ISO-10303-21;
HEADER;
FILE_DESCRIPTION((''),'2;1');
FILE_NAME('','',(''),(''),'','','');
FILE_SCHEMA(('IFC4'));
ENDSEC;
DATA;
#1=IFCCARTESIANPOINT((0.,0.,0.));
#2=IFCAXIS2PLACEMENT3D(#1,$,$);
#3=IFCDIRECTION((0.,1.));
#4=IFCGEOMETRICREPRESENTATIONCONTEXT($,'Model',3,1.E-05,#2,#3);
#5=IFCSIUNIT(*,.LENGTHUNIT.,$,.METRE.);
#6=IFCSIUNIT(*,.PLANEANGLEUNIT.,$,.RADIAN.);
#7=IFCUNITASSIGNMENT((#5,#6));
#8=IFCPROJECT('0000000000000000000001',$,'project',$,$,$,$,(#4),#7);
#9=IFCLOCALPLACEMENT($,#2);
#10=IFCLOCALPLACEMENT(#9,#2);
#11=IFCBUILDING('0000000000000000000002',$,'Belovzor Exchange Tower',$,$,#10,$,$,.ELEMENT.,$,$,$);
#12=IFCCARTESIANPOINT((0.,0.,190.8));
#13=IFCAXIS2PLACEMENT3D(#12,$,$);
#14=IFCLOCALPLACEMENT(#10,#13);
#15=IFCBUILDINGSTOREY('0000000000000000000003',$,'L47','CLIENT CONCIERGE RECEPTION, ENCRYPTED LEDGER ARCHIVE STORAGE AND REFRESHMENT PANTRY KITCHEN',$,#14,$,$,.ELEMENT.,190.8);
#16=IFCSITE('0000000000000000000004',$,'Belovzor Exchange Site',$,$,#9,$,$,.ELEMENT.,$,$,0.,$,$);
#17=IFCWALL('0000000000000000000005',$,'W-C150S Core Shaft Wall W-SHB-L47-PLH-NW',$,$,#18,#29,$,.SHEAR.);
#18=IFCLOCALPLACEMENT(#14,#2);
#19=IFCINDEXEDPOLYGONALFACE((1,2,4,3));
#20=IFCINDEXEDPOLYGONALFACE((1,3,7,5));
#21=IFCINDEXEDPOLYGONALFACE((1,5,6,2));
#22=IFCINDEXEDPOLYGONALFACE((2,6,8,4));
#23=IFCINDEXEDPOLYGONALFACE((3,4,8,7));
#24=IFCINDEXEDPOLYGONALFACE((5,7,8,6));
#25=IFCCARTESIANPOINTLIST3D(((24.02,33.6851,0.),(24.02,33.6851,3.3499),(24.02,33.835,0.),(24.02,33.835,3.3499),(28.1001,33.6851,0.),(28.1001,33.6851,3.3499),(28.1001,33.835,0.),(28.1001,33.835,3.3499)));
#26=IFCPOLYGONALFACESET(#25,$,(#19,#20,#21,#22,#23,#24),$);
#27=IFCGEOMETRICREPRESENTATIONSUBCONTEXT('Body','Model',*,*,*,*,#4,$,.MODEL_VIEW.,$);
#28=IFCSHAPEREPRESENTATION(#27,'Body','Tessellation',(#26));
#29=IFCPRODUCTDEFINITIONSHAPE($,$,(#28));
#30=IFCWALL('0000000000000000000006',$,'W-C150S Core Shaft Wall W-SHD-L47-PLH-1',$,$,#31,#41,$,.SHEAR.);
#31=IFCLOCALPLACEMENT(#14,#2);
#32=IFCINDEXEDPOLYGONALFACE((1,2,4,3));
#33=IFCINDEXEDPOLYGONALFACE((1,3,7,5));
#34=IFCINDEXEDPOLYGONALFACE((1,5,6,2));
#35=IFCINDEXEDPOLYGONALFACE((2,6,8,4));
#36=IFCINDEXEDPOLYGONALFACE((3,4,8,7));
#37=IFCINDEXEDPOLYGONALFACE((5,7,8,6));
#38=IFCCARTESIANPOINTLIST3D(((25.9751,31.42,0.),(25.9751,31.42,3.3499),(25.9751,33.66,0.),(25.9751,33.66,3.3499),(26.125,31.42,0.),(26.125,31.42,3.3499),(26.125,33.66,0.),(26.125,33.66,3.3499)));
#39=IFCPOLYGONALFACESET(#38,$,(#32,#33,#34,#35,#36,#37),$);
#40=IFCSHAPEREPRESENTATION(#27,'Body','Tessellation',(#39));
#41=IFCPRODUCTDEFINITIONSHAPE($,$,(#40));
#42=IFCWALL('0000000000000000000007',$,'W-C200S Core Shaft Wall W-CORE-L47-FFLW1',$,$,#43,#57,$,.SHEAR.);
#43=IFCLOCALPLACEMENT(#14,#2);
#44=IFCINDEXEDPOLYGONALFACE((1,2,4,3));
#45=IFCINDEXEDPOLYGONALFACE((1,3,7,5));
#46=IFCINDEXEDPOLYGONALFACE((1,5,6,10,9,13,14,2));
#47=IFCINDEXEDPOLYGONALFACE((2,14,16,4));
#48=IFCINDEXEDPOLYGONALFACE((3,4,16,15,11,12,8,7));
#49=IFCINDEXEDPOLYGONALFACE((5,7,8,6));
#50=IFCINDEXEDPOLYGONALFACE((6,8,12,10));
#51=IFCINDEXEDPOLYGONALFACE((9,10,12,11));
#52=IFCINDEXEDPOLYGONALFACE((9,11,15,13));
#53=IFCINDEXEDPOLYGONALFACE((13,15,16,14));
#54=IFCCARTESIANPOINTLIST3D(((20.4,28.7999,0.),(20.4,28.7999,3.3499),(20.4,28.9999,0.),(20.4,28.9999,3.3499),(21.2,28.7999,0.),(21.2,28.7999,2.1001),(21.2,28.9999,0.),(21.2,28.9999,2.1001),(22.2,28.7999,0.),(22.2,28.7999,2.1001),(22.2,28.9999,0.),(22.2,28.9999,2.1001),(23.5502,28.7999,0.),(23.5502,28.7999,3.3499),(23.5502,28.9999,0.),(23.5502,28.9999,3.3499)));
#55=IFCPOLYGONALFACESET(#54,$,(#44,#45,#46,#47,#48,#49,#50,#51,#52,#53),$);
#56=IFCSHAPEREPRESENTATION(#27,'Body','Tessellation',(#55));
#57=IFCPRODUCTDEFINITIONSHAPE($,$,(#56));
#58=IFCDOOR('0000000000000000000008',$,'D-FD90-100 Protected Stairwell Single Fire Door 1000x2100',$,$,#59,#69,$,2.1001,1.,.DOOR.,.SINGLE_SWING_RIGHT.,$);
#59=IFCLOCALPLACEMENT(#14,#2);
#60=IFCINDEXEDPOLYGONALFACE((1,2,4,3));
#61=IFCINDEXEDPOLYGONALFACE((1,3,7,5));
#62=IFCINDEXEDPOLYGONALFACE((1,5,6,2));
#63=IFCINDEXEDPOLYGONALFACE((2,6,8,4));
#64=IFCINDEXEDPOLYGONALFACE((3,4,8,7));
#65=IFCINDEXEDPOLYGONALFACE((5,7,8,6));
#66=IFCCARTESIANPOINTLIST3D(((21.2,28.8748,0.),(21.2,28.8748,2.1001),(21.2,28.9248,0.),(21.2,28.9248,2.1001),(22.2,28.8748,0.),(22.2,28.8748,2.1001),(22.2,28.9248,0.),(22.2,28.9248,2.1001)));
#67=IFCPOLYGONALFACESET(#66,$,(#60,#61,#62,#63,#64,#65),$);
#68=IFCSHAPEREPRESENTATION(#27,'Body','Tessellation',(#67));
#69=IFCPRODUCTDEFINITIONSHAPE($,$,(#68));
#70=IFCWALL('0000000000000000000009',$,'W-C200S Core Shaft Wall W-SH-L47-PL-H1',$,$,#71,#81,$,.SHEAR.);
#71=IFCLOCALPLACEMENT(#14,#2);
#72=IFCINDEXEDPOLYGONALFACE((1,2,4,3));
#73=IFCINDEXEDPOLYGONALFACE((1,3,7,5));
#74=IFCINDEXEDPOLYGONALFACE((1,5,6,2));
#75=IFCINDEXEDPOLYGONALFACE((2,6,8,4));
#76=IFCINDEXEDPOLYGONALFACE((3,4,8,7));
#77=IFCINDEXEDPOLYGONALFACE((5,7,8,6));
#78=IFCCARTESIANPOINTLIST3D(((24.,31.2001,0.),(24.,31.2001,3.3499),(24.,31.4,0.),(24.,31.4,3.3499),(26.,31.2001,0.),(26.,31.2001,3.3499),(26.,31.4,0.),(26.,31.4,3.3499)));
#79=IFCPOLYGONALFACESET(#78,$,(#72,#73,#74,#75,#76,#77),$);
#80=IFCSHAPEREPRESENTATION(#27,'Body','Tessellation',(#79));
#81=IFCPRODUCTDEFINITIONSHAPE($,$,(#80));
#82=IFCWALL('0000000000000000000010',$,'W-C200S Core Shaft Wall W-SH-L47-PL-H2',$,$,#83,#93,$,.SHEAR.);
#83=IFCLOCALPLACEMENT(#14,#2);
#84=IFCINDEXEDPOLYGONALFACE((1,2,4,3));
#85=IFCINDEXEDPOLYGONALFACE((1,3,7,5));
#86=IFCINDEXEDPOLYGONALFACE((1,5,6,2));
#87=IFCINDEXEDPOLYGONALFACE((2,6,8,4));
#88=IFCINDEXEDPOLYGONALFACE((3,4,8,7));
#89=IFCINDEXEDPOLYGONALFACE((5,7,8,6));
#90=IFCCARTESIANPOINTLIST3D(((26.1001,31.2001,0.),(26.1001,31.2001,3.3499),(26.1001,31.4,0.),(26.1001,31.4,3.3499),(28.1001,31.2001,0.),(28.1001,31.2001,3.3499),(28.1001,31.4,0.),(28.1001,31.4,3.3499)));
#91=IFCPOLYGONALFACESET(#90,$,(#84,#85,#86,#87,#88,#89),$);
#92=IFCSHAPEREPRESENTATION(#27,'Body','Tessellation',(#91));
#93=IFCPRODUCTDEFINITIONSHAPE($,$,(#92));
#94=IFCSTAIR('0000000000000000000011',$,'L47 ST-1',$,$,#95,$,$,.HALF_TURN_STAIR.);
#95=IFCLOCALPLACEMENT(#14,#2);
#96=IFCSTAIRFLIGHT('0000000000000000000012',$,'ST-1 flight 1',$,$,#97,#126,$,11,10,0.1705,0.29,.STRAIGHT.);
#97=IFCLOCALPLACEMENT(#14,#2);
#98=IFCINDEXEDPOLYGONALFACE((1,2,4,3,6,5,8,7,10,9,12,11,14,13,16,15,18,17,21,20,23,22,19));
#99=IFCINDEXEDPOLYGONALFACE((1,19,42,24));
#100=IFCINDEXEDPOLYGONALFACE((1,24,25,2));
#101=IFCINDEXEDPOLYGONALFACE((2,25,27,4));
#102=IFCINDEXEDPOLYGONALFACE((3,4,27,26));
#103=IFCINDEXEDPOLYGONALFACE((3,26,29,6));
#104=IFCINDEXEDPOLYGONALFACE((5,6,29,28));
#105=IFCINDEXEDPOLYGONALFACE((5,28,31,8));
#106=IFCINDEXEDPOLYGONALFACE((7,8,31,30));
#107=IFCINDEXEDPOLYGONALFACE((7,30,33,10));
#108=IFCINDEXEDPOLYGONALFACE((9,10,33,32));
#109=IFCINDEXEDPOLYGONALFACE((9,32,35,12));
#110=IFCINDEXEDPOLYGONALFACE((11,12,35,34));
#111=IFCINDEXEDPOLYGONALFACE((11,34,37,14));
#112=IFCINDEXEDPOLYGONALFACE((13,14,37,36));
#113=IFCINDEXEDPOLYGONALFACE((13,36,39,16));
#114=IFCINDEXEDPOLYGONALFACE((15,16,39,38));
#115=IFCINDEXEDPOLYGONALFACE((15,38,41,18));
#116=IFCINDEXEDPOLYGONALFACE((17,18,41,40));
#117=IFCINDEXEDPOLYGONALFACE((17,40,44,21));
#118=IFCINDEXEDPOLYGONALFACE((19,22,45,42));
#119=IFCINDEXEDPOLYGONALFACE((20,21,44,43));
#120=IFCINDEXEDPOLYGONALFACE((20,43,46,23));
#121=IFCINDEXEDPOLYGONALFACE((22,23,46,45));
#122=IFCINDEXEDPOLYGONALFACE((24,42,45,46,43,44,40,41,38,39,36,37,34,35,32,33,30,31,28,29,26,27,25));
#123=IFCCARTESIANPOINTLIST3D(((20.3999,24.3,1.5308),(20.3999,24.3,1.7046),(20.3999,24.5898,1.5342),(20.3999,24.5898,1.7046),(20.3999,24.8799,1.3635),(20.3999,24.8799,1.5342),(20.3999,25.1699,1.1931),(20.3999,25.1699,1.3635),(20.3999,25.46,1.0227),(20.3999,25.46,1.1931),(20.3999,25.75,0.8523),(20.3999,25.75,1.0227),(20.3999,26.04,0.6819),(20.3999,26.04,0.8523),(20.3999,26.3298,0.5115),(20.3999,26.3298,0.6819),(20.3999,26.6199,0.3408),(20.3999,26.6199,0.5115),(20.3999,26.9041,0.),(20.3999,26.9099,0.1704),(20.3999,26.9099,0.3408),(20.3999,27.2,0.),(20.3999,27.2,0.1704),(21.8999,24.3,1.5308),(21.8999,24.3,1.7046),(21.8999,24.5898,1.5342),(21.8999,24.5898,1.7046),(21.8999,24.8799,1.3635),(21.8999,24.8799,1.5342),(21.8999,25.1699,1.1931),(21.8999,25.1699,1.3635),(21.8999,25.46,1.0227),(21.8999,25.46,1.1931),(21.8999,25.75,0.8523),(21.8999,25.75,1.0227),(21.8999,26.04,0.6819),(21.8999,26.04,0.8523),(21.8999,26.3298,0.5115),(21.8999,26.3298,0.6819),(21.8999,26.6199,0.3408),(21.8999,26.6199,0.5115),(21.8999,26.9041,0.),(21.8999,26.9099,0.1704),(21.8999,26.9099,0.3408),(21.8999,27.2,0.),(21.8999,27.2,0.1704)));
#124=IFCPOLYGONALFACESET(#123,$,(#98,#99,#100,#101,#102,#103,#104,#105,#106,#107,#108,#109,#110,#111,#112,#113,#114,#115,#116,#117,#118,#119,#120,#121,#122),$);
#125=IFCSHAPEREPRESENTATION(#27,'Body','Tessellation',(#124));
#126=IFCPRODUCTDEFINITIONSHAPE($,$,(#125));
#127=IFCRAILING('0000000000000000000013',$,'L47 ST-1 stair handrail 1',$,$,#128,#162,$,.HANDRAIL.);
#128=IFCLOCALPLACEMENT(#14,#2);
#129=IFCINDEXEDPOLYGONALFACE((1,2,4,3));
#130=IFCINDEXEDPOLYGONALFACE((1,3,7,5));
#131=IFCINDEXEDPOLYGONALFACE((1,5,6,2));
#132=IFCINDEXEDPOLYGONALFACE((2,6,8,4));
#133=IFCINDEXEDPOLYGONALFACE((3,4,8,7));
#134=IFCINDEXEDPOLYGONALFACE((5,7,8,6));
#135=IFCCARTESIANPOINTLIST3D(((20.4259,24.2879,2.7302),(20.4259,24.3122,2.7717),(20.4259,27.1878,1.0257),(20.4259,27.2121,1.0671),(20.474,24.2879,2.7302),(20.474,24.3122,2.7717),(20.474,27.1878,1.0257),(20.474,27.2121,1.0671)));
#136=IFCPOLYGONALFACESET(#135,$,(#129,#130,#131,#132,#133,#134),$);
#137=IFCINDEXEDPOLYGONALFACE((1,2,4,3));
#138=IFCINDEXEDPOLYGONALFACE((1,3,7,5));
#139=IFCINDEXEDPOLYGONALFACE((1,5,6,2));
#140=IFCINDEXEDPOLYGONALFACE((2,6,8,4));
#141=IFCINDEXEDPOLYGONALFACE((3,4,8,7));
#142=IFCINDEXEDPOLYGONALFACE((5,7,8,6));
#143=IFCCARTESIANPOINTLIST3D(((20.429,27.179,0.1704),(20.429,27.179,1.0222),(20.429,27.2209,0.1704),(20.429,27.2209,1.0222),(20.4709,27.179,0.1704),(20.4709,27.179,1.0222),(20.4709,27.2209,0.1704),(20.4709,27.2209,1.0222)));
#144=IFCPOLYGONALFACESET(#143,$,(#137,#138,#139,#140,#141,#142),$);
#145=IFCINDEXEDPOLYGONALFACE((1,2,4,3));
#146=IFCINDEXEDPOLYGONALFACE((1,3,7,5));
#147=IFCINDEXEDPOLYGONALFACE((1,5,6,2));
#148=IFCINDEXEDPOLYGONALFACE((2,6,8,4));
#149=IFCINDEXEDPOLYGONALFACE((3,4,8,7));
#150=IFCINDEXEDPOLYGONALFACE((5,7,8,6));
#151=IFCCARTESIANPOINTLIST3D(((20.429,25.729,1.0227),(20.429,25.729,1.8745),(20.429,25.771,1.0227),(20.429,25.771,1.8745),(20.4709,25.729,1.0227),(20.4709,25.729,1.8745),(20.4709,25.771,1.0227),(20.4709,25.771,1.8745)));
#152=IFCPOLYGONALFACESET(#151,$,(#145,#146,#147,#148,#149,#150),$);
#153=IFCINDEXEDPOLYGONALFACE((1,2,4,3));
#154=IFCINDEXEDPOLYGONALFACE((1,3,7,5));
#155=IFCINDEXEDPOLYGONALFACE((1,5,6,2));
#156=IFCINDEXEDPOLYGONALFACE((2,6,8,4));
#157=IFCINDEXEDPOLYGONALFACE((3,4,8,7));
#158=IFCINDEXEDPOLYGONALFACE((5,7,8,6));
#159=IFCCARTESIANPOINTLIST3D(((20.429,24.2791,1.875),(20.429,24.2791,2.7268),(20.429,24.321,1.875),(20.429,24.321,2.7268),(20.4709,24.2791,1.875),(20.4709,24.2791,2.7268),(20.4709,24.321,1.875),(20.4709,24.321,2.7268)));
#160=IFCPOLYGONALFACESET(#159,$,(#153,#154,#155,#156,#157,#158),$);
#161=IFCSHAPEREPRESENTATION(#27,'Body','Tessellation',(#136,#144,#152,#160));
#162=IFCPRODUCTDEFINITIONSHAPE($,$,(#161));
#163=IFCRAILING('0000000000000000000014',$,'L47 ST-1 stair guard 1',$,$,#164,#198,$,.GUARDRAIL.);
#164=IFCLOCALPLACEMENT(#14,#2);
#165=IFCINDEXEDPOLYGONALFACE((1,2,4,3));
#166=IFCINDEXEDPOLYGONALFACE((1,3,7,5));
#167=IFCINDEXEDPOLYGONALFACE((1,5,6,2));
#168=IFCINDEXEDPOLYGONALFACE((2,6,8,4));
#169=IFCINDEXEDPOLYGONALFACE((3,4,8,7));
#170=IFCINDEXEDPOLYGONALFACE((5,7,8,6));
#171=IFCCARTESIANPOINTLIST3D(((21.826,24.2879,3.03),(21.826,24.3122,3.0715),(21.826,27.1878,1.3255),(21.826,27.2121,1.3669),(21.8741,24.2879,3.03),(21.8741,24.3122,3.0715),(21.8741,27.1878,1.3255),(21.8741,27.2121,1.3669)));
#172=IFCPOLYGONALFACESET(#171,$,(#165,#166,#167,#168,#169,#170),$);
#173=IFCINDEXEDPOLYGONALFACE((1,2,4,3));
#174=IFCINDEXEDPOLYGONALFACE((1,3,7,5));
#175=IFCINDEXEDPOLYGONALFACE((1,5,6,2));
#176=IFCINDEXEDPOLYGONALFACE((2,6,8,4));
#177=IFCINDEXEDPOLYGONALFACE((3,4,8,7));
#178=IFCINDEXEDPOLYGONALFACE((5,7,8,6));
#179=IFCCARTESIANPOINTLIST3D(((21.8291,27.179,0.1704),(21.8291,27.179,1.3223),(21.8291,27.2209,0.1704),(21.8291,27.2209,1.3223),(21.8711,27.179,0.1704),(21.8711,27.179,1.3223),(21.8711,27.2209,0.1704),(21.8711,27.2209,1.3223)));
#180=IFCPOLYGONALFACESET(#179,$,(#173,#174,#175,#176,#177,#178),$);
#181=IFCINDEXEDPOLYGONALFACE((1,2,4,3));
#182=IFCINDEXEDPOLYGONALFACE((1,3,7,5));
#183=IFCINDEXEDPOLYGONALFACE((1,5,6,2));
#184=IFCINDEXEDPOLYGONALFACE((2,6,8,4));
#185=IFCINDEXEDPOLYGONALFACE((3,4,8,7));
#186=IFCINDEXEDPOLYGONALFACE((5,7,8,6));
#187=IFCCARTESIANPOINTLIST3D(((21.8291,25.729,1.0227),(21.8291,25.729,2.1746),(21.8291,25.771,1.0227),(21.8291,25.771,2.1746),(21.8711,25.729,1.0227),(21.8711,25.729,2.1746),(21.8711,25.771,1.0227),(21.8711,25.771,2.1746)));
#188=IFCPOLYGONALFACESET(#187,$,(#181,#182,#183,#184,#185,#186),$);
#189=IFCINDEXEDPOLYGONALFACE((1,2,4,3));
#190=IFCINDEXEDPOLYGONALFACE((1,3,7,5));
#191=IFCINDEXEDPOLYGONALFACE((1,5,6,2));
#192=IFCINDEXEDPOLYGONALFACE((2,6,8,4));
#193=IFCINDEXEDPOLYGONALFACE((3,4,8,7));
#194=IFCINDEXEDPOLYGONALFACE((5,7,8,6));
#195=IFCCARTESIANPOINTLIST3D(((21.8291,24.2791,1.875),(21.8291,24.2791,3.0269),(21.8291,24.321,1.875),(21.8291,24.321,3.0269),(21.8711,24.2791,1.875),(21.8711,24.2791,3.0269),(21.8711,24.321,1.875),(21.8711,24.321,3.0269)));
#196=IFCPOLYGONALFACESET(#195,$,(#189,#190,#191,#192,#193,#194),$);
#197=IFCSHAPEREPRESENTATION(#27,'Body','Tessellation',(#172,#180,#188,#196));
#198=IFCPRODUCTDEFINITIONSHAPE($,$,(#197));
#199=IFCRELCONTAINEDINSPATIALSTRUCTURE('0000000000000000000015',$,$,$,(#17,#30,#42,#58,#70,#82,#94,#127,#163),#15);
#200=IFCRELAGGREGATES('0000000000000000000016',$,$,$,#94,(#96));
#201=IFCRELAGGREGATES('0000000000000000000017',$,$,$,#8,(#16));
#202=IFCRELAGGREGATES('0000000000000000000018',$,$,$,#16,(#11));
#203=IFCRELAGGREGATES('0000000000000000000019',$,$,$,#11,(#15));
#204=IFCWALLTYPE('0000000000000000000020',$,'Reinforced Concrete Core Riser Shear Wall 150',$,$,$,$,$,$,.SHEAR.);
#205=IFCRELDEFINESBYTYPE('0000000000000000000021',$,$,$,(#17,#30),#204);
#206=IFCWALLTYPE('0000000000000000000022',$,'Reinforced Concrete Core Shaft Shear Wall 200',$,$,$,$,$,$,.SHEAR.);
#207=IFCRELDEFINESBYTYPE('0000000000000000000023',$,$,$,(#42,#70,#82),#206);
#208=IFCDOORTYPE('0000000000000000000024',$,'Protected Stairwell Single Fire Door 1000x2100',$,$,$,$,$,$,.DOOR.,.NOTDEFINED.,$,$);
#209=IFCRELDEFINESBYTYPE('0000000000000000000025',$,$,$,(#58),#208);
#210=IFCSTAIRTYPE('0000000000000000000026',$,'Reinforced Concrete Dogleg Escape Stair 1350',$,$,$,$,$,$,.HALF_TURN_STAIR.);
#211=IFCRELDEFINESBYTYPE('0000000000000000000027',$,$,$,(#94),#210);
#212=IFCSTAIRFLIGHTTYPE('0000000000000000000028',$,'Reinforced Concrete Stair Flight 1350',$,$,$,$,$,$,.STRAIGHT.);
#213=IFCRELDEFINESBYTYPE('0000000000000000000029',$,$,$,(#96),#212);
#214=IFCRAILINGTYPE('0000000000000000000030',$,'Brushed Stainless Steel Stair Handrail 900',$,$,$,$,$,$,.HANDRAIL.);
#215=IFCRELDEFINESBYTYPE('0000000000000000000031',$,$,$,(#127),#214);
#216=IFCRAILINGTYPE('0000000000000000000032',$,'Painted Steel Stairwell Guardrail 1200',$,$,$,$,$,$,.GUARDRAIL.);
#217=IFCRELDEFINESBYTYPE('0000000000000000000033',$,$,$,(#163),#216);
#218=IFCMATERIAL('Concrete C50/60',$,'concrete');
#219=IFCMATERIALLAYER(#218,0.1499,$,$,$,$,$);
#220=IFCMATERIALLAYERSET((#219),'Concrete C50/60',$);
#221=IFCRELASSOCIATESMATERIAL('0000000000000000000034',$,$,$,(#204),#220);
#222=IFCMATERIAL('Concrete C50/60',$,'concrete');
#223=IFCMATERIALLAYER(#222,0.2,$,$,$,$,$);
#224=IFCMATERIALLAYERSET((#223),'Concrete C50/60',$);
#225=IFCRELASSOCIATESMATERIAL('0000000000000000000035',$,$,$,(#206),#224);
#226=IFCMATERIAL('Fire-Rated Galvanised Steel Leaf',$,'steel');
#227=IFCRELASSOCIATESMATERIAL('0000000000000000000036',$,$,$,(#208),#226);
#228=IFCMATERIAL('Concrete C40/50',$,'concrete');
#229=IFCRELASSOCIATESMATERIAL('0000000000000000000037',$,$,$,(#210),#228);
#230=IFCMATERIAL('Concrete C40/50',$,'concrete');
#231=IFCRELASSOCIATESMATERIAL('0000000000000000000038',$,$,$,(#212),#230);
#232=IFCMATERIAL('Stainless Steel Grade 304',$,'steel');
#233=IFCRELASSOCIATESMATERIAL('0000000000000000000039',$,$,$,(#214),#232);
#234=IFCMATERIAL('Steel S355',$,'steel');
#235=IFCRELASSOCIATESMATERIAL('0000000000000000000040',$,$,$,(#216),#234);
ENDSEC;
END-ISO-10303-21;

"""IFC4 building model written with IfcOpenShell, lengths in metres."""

from ifc_helpers import new_model, si_unit, direction, frame, frame_2d, origin, origin_2d, place, context, subcontext, project, spatial, polyline, rectangle, outline, extrude, material, layer, layer_set, type_object, element, fill, aggregate, save


model = new_model("IFC4")

# Units and contexts
model_context = context("Model", 3, precision=1e-05, world=origin(), true_north=direction((0.0, 1.0)))
body_context = subcontext(model_context, "Body", "Model", "MODEL_VIEW")
ifc_project = project(units=[si_unit("LENGTHUNIT", "METRE"), si_unit("PLANEANGLEUNIT", "RADIAN")], contexts=[model_context])

# Site, building, storey
site_placement = place(None, origin())
site = spatial("IfcSite", under=ifc_project, at=site_placement, Name="Belovzor Exchange Site", CompositionType="ELEMENT", RefElevation=0.0)
building_placement = place(site_placement, origin())
building = spatial("IfcBuilding", under=site, at=building_placement, Name="Belovzor Exchange Tower", CompositionType="ELEMENT")
storey_placement = place(building_placement, frame((0.0, 0.0, 190.8)))
storey = spatial("IfcBuildingStorey", under=building, at=storey_placement, Name="L47", Description="CLIENT CONCIERGE RECEPTION, ENCRYPTED LEDGER ARCHIVE STORAGE AND REFRESHMENT PANTRY KITCHEN", CompositionType="ELEMENT", Elevation=190.8)

# Walls
ifc_material_1 = material(Name="Concrete C50/60", Category="concrete")
ifc_layer_1 = layer(ifc_material_1, 0.1499)
ifc_layer_set_1 = layer_set([ifc_layer_1], Name="Concrete C50/60")
wall_type_1 = type_object("IfcWallType", Name="Reinforced Concrete Core Riser Shear Wall 150", PredefinedType="SHEAR", material=ifc_layer_set_1)
for number, where, z_axis, x_axis, name in (
    (1, (24.02, 33.76, 0.0), (0.0, 0.0, 1.0), (1.0, 0.0, 0.0), "W-C150S Core Shaft Wall W-SHB-L47-PLH-NW"),
):
    element("IfcWall", number, at=place(storey_placement, frame(where, z_axis=z_axis, x_axis=x_axis)), inside=storey, type_object=wall_type_1, Name=name, PredefinedType="SHEAR", context=body_context, shape_type="SweptSolid", body=[
        extrude(rectangle(XDim=4.0801, YDim=0.1499, at=frame_2d((2.04, 0.0))), origin(), (0.0, 0.0, 1.0), 3.3499),
    ])
wall_1_placement = place(storey_placement, frame((26.05, 31.4199, 0.0), z_axis=(0.0, 0.0, 1.0), x_axis=(0.0, 1.0, 0.0)))
element("IfcWall", 2, at=wall_1_placement, inside=storey, type_object=wall_type_1, Name="W-C150S Core Shaft Wall W-SHD-L47-PLH-1", PredefinedType="SHEAR", context=body_context, shape_type="SweptSolid", body=[
    extrude(rectangle(XDim=2.24, YDim=0.1499, at=frame_2d((1.1201, 0.0))), origin(), (0.0, 0.0, 1.0), 3.3499),
])

# Wall, opening, door
ifc_material_2 = material(Name="Concrete C50/60", Category="concrete")
ifc_layer_2 = layer(ifc_material_2, 0.2)
ifc_layer_set_2 = layer_set([ifc_layer_2], Name="Concrete C50/60")
wall_type_2 = type_object("IfcWallType", Name="Reinforced Concrete Core Shaft Shear Wall 200", PredefinedType="SHEAR", material=ifc_layer_set_2)
wall_2_placement = place(storey_placement, frame((20.3999, 28.8999, 0.0), z_axis=(0.0, 0.0, 1.0), x_axis=(1.0, 0.0, 0.0)))
wall_2 = element("IfcWall", 3, at=wall_2_placement, inside=storey, type_object=wall_type_2, Name="W-C200S Core Shaft Wall W-CORE-L47-FFLW1", PredefinedType="SHEAR", context=body_context, shape_type="SweptSolid", body=[
    extrude(rectangle(XDim=3.1501, YDim=0.2, at=frame_2d((1.5752, 0.0))), origin(), (0.0, 0.0, 1.0), 3.3499),
])
opening_1_placement = place(wall_2_placement, frame((0.8, 0.0, 0.0)))
opening_1 = element("IfcOpeningElement", 4, at=opening_1_placement, cuts=wall_2, PredefinedType="OPENING", context=body_context, shape_type="SweptSolid", body=[
    extrude(rectangle(XDim=1.0, YDim=2.1001, at=frame_2d((0.5, 1.05))), frame((0.0, 0.1099, 0.0), z_axis=(0.0, -1.0, 0.0), x_axis=(1.0, 0.0, 0.0)), (0.0, 0.0, 1.0), 0.22),
])
ifc_material_3 = material(Name="Fire-Rated Galvanised Steel Leaf", Category="steel")
door_type_1 = type_object("IfcDoorType", Name="Protected Stairwell Single Fire Door 1000x2100", OperationType="NOTDEFINED", PredefinedType="DOOR", material=ifc_material_3)
door_1_placement = place(opening_1_placement, origin())
door_1 = element("IfcDoor", 5, at=door_1_placement, inside=storey, type_object=door_type_1, Name="D-FD90-100 Protected Stairwell Single Fire Door 1000x2100", OperationType="SINGLE_SWING_RIGHT", OverallHeight=2.1001, OverallWidth=1.0, PredefinedType="DOOR", context=body_context, shape_type="SweptSolid", body=[
    extrude(rectangle(XDim=1.0, YDim=2.1001, at=frame_2d((0.5, 1.05))), frame((0.0, 0.0249, 0.0), z_axis=(0.0, -1.0, 0.0), x_axis=(1.0, 0.0, 0.0)), (0.0, 0.0, 1.0), 0.05),
])
fill(opening_1, door_1)

# Walls
for number, where, z_axis, x_axis, name in (
    (6, (24.0, 31.3, 0.0), (0.0, 0.0, 1.0), (1.0, 0.0, 0.0), "W-C200S Core Shaft Wall W-SH-L47-PL-H1"),
    (7, (26.1001, 31.3, 0.0), (0.0, 0.0, 1.0), (1.0, 0.0, 0.0), "W-C200S Core Shaft Wall W-SH-L47-PL-H2"),
):
    element("IfcWall", number, at=place(storey_placement, frame(where, z_axis=z_axis, x_axis=x_axis)), inside=storey, type_object=wall_type_2, Name=name, PredefinedType="SHEAR", context=body_context, shape_type="SweptSolid", body=[
        extrude(rectangle(XDim=2.0, YDim=0.2, at=frame_2d((1.0, 0.0))), origin(), (0.0, 0.0, 1.0), 3.3499),
    ])

# Stair, stair flight
ifc_material_4 = material(Name="Concrete C40/50", Category="concrete")
stair_type = type_object("IfcStairType", Name="Reinforced Concrete Dogleg Escape Stair 1350", PredefinedType="HALF_TURN_STAIR", material=ifc_material_4)
stair_placement = place(storey_placement, origin())
stair = element("IfcStair", 8, at=stair_placement, inside=storey, type_object=stair_type, Name="L47 ST-1", PredefinedType="HALF_TURN_STAIR")
ifc_material_5 = material(Name="Concrete C40/50", Category="concrete")
stair_flight_type = type_object("IfcStairFlightType", Name="Reinforced Concrete Stair Flight 1350", PredefinedType="STRAIGHT", material=ifc_material_5)
stair_flight_placement = place(storey_placement, frame((21.1499, 27.2, 0.0), z_axis=(0.0, 0.0, 1.0), x_axis=(0.0, -1.0, 0.0)))
stair_flight = element("IfcStairFlight", 9, at=stair_flight_placement, type_object=stair_flight_type, Name="ST-1 flight 1", NumberOfRisers=11, NumberOfTreads=10, PredefinedType="STRAIGHT", RiserHeight=0.1705, TreadLength=0.29, context=body_context, shape_type="SweptSolid", body=[
    extrude(outline(polyline([(0.0, 0.0), (0.0, 0.1704), (0.29, 0.1704), (0.29, 0.3408), (0.5801, 0.3408), (0.5801, 0.5115), (0.8701, 0.5115), (0.8701, 0.6819), (1.1599, 0.6819), (1.1599, 0.8523), (1.45, 0.8523), (1.45, 1.0227), (1.74, 1.0227), (1.74, 1.1931), (2.03, 1.1931), (2.03, 1.3635), (2.3201, 1.3635), (2.3201, 1.5342), (2.6101, 1.5342), (2.6101, 1.7046), (2.8999, 1.7046), (2.8999, 1.875), (2.8999, 1.5308), (0.2959, 0.0), (0.0, 0.0)])), frame((0.0, 0.75, 0.0), z_axis=(0.0, -1.0, 0.0), x_axis=(1.0, 0.0, 0.0)), (0.0, 0.0, 1.0), 1.5),
])
aggregate(stair, [stair_flight])

# Railings
ifc_material_6 = material(Name="Stainless Steel Grade 304", Category="steel")
railing_type_1 = type_object("IfcRailingType", Name="Brushed Stainless Steel Stair Handrail 900", PredefinedType="HANDRAIL", material=ifc_material_6)
railing_1_placement = place(storey_placement, frame((20.45, 27.2, 0.1704)))
element("IfcRailing", 10, at=railing_1_placement, inside=storey, type_object=railing_type_1, Name="L47 ST-1 stair handrail 1", PredefinedType="HANDRAIL", context=body_context, shape_type="SweptSolid", body=[
    extrude(rectangle(XDim=0.0481, YDim=0.0481, at=origin_2d()), frame((0.0, 0.0, 0.876), z_axis=(0.0, -0.862095, 0.506747), x_axis=(1.0, 0.0, 0.0)), (0.0, 0.0, 1.0), 3.3638),
    extrude(rectangle(XDim=0.042, YDim=0.042, at=origin_2d()), origin(), (0.0, 0.0, 1.0), 0.8518),
    extrude(rectangle(XDim=0.042, YDim=0.042, at=origin_2d()), frame((0.0, -1.45, 0.8523)), (0.0, 0.0, 1.0), 0.8518),
    extrude(rectangle(XDim=0.042, YDim=0.042, at=origin_2d()), frame((0.0, -2.8999, 1.7046)), (0.0, 0.0, 1.0), 0.8518),
])
ifc_material_7 = material(Name="Steel S355", Category="steel")
railing_type_2 = type_object("IfcRailingType", Name="Painted Steel Stairwell Guardrail 1200", PredefinedType="GUARDRAIL", material=ifc_material_7)
railing_2_placement = place(storey_placement, frame((21.8501, 27.2, 0.1704)))
element("IfcRailing", 11, at=railing_2_placement, inside=storey, type_object=railing_type_2, Name="L47 ST-1 stair guard 1", PredefinedType="GUARDRAIL", context=body_context, shape_type="SweptSolid", body=[
    extrude(rectangle(XDim=0.0481, YDim=0.0481, at=origin_2d()), frame((0.0, 0.0, 1.1758), z_axis=(0.0, -0.862095, 0.506747), x_axis=(1.0, 0.0, 0.0)), (0.0, 0.0, 1.0), 3.3638),
    extrude(rectangle(XDim=0.042, YDim=0.042, at=origin_2d()), origin(), (0.0, 0.0, 1.0), 1.1519),
    extrude(rectangle(XDim=0.042, YDim=0.042, at=origin_2d()), frame((0.0, -1.45, 0.8523)), (0.0, 0.0, 1.0), 1.1519),
    extrude(rectangle(XDim=0.042, YDim=0.042, at=origin_2d()), frame((0.0, -2.8999, 1.7046)), (0.0, 0.0, 1.0), 1.1519),
])

save(model, "model.ifc")
